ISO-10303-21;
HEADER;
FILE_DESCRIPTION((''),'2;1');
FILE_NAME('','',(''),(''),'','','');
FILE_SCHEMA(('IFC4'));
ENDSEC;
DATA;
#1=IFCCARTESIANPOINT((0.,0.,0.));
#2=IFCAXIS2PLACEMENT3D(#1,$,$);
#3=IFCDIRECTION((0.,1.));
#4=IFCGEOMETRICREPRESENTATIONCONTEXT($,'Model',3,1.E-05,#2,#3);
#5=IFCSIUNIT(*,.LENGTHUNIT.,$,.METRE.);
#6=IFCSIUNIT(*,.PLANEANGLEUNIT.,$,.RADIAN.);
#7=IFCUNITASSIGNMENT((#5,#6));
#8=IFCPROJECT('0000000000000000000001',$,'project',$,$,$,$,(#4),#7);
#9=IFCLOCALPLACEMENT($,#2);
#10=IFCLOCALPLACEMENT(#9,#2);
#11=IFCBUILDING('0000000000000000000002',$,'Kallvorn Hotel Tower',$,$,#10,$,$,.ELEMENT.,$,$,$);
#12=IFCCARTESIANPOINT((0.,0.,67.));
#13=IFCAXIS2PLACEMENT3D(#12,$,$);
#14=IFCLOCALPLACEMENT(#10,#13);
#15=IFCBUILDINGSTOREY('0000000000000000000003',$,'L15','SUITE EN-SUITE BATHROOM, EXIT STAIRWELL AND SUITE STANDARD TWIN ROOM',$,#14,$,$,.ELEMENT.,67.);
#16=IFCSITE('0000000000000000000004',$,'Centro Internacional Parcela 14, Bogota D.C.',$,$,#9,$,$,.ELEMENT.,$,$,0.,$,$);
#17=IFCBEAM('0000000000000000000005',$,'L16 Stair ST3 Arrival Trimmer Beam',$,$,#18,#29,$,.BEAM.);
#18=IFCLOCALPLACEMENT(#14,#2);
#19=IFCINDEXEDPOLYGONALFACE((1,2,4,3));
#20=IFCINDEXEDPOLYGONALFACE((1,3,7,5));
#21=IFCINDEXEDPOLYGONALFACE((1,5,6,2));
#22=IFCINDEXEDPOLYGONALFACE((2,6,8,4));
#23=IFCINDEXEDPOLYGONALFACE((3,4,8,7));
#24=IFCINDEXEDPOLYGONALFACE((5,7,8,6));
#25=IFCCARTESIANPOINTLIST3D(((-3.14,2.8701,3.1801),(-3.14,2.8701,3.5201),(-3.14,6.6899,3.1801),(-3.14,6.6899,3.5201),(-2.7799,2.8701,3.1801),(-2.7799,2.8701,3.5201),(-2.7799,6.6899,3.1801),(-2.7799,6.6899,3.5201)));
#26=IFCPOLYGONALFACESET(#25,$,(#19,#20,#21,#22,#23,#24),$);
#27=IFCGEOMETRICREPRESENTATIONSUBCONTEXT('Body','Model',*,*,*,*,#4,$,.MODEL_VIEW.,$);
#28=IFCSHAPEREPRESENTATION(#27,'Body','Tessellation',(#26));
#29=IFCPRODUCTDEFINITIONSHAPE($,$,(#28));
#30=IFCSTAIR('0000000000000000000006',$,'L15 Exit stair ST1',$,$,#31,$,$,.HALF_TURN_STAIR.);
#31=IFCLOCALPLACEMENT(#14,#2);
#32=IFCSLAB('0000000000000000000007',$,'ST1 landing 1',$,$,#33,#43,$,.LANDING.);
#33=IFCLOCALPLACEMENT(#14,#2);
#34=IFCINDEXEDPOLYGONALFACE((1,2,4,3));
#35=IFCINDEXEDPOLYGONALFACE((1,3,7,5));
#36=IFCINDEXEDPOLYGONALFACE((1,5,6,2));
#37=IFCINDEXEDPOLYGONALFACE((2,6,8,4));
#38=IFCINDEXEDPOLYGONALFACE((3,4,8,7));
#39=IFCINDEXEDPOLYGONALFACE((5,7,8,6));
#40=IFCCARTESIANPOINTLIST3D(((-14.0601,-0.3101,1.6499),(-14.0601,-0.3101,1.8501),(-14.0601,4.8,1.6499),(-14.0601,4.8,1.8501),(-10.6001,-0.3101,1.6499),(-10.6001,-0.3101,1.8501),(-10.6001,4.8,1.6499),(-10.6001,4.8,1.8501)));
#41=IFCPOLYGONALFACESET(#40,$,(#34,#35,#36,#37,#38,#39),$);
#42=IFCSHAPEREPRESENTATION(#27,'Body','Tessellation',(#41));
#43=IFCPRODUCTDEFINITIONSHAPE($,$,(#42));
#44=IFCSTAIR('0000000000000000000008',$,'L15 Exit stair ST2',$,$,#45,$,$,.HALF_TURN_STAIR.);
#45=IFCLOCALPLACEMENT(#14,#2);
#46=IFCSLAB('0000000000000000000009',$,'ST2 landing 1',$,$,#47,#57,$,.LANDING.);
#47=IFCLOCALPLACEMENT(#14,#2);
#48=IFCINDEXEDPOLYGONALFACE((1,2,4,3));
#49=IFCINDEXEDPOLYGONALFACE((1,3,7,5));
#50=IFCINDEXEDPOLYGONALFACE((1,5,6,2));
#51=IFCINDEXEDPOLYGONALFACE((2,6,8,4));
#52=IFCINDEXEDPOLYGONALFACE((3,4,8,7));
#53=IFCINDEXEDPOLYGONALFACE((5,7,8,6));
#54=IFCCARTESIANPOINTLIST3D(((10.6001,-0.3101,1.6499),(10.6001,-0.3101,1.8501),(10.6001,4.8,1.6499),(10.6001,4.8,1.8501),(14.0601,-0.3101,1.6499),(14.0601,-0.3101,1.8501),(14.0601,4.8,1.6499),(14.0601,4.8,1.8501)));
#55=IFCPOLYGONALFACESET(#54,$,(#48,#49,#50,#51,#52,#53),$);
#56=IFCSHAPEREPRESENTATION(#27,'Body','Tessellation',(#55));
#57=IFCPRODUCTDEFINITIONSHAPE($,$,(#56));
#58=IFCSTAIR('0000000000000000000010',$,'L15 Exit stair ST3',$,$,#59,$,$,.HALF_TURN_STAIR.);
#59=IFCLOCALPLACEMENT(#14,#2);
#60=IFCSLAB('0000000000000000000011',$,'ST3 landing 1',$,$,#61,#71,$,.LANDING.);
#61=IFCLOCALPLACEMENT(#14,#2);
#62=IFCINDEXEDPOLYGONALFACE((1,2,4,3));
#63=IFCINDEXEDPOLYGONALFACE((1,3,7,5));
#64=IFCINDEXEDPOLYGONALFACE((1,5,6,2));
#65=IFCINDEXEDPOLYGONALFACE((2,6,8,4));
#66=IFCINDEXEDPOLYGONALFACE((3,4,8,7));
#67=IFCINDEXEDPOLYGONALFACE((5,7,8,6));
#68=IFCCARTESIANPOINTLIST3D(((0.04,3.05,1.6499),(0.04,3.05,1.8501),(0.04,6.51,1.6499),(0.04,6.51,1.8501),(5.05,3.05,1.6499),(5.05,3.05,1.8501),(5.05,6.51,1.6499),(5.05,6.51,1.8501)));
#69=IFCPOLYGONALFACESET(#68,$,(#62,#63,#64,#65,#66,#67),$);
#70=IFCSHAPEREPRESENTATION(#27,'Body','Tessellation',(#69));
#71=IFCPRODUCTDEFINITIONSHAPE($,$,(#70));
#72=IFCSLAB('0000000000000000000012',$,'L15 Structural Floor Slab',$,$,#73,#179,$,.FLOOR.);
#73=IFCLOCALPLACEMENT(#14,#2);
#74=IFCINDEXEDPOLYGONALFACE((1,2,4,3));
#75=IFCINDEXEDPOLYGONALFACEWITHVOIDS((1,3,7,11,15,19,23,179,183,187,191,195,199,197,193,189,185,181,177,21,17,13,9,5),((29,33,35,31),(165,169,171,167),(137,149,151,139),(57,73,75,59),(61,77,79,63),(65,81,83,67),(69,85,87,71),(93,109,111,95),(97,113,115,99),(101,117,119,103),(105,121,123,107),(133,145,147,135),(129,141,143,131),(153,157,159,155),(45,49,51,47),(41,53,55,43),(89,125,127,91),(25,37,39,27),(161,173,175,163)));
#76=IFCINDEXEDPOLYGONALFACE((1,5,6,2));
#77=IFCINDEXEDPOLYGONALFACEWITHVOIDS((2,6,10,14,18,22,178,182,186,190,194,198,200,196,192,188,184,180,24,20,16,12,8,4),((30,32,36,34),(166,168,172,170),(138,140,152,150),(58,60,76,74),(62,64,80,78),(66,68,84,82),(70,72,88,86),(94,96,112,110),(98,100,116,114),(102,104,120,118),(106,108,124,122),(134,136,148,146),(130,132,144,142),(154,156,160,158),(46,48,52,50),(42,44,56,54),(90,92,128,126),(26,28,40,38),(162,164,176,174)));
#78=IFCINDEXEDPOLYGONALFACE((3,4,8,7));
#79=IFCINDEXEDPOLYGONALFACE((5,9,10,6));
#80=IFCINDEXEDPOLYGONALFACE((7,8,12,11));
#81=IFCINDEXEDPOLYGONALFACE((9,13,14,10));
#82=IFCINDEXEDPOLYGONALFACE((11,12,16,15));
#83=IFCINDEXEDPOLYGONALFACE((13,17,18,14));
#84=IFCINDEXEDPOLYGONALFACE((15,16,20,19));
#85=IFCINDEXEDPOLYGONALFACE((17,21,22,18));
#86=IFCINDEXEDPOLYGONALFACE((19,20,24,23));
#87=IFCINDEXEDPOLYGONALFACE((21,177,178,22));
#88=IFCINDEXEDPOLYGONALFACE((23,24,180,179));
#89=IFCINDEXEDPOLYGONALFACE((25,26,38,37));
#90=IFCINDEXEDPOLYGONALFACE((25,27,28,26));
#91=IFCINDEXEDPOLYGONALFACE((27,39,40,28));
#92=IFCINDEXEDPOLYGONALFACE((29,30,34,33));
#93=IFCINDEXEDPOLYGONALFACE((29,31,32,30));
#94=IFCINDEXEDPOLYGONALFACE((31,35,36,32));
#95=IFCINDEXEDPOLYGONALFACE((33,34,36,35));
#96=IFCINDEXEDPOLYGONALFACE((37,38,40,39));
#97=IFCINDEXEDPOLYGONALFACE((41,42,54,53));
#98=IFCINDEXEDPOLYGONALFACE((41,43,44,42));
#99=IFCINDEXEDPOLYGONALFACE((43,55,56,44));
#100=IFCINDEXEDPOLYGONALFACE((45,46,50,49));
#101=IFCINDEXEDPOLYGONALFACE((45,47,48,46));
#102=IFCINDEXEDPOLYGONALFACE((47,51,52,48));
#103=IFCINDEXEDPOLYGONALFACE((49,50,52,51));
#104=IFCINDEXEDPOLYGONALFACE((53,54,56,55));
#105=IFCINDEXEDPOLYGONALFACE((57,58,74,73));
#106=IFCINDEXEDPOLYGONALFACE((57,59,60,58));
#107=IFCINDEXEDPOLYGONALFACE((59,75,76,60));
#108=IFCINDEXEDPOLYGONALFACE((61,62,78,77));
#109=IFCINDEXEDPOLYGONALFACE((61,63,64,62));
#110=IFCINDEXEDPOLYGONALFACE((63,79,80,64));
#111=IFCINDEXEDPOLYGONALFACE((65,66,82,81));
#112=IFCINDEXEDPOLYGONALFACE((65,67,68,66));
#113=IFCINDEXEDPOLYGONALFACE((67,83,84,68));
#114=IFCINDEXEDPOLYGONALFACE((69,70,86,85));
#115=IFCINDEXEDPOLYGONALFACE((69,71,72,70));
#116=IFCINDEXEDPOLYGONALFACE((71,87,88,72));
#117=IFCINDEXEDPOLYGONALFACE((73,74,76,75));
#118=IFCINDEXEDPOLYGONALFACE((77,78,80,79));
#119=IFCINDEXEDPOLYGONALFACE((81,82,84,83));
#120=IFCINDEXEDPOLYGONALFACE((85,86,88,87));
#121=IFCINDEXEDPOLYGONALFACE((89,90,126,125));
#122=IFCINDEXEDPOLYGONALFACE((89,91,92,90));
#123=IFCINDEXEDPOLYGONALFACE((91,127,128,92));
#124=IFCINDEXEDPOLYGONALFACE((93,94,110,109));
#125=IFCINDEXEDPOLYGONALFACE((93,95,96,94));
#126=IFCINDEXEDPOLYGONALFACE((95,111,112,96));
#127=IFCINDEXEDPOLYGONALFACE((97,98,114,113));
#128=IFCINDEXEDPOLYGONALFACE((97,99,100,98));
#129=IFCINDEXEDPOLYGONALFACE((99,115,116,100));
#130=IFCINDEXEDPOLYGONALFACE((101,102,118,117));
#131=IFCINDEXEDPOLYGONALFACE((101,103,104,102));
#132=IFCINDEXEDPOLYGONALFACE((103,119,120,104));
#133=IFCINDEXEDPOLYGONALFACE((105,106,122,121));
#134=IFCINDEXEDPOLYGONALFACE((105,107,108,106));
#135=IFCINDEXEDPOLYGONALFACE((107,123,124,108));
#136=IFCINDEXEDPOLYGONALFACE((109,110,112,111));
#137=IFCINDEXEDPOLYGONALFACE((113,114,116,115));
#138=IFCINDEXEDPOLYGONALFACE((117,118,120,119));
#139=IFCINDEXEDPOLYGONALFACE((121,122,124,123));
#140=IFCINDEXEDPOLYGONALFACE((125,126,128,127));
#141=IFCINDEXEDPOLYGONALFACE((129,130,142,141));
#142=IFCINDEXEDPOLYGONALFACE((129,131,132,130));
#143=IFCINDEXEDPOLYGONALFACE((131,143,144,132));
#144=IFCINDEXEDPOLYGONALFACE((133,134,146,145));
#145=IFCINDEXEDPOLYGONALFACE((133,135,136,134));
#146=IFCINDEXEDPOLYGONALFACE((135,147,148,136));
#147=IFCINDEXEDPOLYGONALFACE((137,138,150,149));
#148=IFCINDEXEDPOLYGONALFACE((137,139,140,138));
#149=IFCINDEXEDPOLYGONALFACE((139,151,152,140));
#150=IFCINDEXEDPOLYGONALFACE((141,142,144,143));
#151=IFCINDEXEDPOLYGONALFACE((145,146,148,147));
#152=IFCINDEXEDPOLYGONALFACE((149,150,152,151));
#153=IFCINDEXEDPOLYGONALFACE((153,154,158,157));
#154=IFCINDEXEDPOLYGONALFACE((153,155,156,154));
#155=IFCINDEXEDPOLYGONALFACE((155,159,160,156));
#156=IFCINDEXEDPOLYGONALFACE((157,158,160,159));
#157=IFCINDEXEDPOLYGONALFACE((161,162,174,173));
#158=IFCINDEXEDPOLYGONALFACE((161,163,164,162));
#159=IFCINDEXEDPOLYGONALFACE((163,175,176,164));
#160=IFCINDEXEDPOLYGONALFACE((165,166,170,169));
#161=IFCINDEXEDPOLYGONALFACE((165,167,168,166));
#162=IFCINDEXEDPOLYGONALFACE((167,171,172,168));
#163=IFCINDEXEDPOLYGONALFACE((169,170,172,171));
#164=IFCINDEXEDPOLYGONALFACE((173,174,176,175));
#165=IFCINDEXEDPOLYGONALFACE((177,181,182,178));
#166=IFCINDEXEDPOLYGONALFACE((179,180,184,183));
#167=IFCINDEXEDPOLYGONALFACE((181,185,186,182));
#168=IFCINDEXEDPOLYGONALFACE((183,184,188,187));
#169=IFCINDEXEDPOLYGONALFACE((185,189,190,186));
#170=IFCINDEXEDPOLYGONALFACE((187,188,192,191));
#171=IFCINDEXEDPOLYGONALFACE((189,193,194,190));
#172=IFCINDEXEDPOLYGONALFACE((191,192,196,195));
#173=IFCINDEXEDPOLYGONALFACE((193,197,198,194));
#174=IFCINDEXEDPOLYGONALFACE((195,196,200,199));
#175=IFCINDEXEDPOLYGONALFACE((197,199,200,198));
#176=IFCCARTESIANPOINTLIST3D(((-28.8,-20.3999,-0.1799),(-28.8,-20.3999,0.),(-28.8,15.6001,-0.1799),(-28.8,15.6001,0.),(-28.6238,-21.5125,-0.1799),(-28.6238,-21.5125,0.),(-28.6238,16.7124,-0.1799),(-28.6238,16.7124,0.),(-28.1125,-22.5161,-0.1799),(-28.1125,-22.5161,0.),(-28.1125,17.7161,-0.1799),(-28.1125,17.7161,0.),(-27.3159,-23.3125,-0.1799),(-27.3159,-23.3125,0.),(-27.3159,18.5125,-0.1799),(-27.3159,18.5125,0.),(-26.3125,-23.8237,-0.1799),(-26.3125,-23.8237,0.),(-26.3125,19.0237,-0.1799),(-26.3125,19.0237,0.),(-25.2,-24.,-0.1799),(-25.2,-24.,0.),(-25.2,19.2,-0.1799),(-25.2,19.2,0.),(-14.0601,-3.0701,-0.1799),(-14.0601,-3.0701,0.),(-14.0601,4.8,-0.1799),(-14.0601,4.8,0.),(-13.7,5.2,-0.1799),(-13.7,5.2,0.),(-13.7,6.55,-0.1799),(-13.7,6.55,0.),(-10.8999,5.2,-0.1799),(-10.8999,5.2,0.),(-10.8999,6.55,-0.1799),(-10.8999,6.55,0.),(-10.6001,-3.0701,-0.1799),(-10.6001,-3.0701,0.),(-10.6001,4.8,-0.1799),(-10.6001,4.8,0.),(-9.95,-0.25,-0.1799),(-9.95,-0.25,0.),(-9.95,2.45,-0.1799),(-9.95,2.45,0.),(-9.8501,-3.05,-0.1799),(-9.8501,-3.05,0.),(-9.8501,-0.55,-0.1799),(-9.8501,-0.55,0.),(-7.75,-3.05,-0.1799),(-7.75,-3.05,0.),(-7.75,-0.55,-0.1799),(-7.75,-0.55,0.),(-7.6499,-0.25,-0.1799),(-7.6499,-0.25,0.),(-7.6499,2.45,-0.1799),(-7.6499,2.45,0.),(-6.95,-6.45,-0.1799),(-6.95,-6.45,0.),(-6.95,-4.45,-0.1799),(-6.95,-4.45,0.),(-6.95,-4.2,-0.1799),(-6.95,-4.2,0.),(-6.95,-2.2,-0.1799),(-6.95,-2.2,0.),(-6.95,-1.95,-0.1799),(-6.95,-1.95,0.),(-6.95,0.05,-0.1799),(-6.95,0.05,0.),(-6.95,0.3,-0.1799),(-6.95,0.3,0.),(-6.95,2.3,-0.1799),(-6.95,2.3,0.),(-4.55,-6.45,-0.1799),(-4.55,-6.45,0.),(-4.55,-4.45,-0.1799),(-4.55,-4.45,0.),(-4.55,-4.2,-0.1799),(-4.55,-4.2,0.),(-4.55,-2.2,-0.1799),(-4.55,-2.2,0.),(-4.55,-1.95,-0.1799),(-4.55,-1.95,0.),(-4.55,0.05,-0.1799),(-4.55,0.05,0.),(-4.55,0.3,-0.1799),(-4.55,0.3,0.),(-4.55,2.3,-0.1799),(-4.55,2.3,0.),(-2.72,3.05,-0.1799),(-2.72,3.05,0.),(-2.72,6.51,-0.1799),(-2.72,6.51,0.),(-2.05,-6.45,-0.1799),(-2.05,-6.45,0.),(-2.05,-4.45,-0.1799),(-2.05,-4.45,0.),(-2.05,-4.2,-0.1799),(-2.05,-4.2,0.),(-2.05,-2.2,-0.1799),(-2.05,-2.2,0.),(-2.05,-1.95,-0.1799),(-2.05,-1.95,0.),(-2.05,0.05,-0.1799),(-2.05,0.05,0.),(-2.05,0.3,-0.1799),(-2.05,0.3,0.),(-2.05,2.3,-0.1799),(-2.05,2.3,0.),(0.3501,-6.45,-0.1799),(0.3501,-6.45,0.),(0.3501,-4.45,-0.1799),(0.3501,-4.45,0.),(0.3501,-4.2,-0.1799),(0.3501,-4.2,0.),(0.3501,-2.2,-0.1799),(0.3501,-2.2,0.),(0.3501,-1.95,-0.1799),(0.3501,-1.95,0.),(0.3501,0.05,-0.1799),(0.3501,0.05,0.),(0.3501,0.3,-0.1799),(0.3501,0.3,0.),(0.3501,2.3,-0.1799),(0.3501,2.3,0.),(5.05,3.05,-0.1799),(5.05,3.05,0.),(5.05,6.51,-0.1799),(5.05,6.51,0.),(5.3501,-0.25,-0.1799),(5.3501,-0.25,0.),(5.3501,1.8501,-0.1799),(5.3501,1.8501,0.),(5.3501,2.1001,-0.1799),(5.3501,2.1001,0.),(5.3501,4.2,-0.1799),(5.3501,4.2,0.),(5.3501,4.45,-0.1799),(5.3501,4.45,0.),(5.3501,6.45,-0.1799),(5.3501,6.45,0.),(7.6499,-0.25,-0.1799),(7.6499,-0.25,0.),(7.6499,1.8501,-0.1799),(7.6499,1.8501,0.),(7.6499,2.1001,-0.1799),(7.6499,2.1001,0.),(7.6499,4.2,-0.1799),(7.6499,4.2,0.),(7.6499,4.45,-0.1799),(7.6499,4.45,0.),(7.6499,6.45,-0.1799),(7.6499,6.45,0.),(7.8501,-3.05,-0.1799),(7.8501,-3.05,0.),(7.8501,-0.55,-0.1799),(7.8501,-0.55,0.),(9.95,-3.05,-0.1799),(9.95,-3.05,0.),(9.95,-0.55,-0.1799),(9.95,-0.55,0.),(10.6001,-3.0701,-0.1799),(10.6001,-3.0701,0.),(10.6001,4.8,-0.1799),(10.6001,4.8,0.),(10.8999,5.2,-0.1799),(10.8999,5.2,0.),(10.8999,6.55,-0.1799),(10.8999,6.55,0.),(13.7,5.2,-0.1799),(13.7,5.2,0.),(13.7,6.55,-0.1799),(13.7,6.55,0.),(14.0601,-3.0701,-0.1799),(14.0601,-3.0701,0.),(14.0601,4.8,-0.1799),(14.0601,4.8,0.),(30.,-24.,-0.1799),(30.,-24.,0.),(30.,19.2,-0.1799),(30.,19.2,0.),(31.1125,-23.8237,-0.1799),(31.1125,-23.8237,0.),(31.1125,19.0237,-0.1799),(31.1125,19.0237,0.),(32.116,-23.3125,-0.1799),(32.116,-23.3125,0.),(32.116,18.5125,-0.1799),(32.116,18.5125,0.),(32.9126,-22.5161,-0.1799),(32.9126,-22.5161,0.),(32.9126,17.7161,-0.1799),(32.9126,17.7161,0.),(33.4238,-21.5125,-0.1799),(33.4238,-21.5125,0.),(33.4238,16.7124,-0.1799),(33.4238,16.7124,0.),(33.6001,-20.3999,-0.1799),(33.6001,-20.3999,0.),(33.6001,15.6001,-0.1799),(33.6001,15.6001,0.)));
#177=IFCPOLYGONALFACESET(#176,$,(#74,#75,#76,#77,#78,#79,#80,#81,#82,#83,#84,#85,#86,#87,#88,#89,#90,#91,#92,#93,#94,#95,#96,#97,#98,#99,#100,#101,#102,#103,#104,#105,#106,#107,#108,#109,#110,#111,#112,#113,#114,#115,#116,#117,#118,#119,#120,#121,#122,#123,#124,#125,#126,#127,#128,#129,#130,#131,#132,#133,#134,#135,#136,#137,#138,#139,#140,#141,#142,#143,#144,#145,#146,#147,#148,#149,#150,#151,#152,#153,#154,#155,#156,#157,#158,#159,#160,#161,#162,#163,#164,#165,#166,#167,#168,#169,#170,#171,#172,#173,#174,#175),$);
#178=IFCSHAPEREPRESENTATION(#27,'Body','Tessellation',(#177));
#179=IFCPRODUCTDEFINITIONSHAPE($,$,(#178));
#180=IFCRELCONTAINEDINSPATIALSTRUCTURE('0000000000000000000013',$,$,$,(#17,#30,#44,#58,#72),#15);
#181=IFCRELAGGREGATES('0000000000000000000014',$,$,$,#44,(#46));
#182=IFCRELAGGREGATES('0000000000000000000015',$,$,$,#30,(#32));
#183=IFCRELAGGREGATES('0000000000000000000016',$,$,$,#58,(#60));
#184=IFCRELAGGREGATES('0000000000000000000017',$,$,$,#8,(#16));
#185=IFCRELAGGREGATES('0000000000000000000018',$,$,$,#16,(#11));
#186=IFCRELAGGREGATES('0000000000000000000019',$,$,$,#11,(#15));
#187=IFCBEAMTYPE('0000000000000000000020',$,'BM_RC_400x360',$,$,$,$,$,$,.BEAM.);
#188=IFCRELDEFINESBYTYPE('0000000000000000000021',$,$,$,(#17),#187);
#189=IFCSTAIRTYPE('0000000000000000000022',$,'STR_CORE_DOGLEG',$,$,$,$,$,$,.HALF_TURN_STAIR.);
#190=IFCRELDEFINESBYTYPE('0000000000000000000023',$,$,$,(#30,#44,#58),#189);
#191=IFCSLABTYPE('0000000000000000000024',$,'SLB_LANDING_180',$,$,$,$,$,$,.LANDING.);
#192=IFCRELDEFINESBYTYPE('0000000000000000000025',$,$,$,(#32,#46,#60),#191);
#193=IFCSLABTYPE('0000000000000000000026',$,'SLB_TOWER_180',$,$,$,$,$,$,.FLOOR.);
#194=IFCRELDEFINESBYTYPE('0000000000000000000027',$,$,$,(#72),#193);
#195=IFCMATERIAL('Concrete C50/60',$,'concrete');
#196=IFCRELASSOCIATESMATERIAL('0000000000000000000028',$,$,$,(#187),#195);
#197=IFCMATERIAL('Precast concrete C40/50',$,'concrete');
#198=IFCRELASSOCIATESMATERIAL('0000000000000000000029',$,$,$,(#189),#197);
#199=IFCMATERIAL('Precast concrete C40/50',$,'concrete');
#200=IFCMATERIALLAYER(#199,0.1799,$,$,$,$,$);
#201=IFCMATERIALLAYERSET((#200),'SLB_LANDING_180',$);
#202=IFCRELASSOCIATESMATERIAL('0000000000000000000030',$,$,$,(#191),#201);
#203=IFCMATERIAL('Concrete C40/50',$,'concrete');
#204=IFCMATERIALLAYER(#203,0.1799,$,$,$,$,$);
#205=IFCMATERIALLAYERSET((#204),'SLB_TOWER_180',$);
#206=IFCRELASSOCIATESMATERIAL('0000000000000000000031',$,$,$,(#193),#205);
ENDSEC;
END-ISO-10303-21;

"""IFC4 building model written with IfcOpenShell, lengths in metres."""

from ifc_helpers import new_model, si_unit, direction, frame, origin, origin_2d, place, context, subcontext, project, spatial, polyline, rectangle, outline, extrude, material, layer, layer_set, material_profile, profile_set, type_object, element, aggregate, save


model = new_model("IFC4")

# Units and contexts
model_context = context("Model", 3, precision=1e-05, world=origin(), true_north=direction((0.0, 1.0)))
body_context = subcontext(model_context, "Body", "Model", "MODEL_VIEW")
ifc_project = project(units=[si_unit("LENGTHUNIT", "METRE"), si_unit("PLANEANGLEUNIT", "RADIAN")], contexts=[model_context])

# Site, building, storey
site_placement = place(None, origin())
site = spatial("IfcSite", under=ifc_project, at=site_placement, Name="Centro Internacional Parcela 14, Bogota D.C.", CompositionType="ELEMENT", RefElevation=0.0)
building_placement = place(site_placement, origin())
building = spatial("IfcBuilding", under=site, at=building_placement, Name="Kallvorn Hotel Tower", CompositionType="ELEMENT")
storey_placement = place(building_placement, frame((0.0, 0.0, 67.0)))
storey = spatial("IfcBuildingStorey", under=building, at=storey_placement, Name="L15", Description="SUITE EN-SUITE BATHROOM, EXIT STAIRWELL AND SUITE STANDARD TWIN ROOM", CompositionType="ELEMENT", Elevation=67.0)

# Beam
ifc_material_1 = material(Name="Concrete C50/60", Category="concrete")
ifc_material_profile = material_profile(ifc_material_1, rectangle(XDim=0.3601, YDim=0.3401, at=origin_2d()), Name="RC 360x340")
ifc_profile_set = profile_set([ifc_material_profile], Name="Concrete C50/60")
beam_type = type_object("IfcBeamType", Name="BM_RC_400x360", PredefinedType="BEAM", material=ifc_profile_set)
beam_placement = place(storey_placement, frame((-2.96, 2.8701, 3.3501), z_axis=(0.0, 1.0, 0.0), x_axis=(-1.0, 0.0, 0.0)))
element("IfcBeam", 1, at=beam_placement, inside=storey, type_object=beam_type, Name="L16 Stair ST3 Arrival Trimmer Beam", PredefinedType="BEAM", context=body_context, shape_type="SweptSolid", body=[
    extrude(rectangle(XDim=0.3601, YDim=0.3401, at=origin_2d()), origin(), (0.0, 0.0, 1.0), 3.8198),
])

# Stairs, slabs
ifc_material_2 = material(Name="Precast concrete C40/50", Category="concrete")
stair_type = type_object("IfcStairType", Name="STR_CORE_DOGLEG", PredefinedType="HALF_TURN_STAIR", material=ifc_material_2)
stair_1_placement = place(storey_placement, origin())
stair_1 = element("IfcStair", 2, at=stair_1_placement, inside=storey, type_object=stair_type, Name="L15 Exit stair ST1", PredefinedType="HALF_TURN_STAIR")
ifc_material_3 = material(Name="Precast concrete C40/50", Category="concrete")
ifc_layer_1 = layer(ifc_material_3, 0.1799)
ifc_layer_set_1 = layer_set([ifc_layer_1], Name="SLB_LANDING_180")
slab_type_1 = type_object("IfcSlabType", Name="SLB_LANDING_180", PredefinedType="LANDING", material=ifc_layer_set_1)
slab_1_placement = place(storey_placement, frame((0.0, 0.0, 1.6499)))
slab_1 = element("IfcSlab", 3, at=slab_1_placement, type_object=slab_type_1, Name="ST1 landing 1", PredefinedType="LANDING", context=body_context, shape_type="SweptSolid", body=[
    extrude(outline(polyline([(-10.6001, -0.3101), (-10.6001, 4.8), (-14.0601, 4.8), (-14.0601, -0.3101), (-10.6001, -0.3101)])), origin(), (0.0, 0.0, 1.0), 0.2002),
])
stair_2_placement = place(storey_placement, origin())
stair_2 = element("IfcStair", 4, at=stair_2_placement, inside=storey, type_object=stair_type, Name="L15 Exit stair ST2", PredefinedType="HALF_TURN_STAIR")
slab_2_placement = place(storey_placement, frame((0.0, 0.0, 1.6499)))
slab_2 = element("IfcSlab", 5, at=slab_2_placement, type_object=slab_type_1, Name="ST2 landing 1", PredefinedType="LANDING", context=body_context, shape_type="SweptSolid", body=[
    extrude(outline(polyline([(14.0601, -0.3101), (14.0601, 4.8), (10.6001, 4.8), (10.6001, -0.3101), (14.0601, -0.3101)])), origin(), (0.0, 0.0, 1.0), 0.2002),
])
aggregate(stair_2, [slab_2])
stair_3_placement = place(storey_placement, origin())
stair_3 = element("IfcStair", 6, at=stair_3_placement, inside=storey, type_object=stair_type, Name="L15 Exit stair ST3", PredefinedType="HALF_TURN_STAIR")
slab_3_placement = place(storey_placement, frame((0.0, 0.0, 1.6499)))
slab_3 = element("IfcSlab", 7, at=slab_3_placement, type_object=slab_type_1, Name="ST3 landing 1", PredefinedType="LANDING", context=body_context, shape_type="SweptSolid", body=[
    extrude(outline(polyline([(0.04, 3.05), (5.05, 3.05), (5.05, 6.51), (0.04, 6.51), (0.04, 3.05)])), origin(), (0.0, 0.0, 1.0), 0.2002),
])

# Slab
ifc_material_4 = material(Name="Concrete C40/50", Category="concrete")
ifc_layer_2 = layer(ifc_material_4, 0.1799)
ifc_layer_set_2 = layer_set([ifc_layer_2], Name="SLB_TOWER_180")
slab_type_2 = type_object("IfcSlabType", Name="SLB_TOWER_180", PredefinedType="FLOOR", material=ifc_layer_set_2)
slab_4_placement = place(storey_placement, frame((0.0, 0.0, -0.1799)))
element("IfcSlab", 8, at=slab_4_placement, inside=storey, type_object=slab_type_2, Name="L15 Structural Floor Slab", PredefinedType="FLOOR", context=body_context, shape_type="SweptSolid", body=[
    extrude(outline(polyline([(30.0, -24.0), (31.1125, -23.8237), (32.116, -23.3125), (32.9126, -22.5161), (33.4238, -21.5125), (33.6001, -20.3999), (33.6001, 15.6001), (33.4238, 16.7124), (32.9126, 17.7161), (32.116, 18.5125), (31.1125, 19.0237), (30.0, 19.2), (-25.2, 19.2), (-26.3125, 19.0237), (-27.3159, 18.5125), (-28.1125, 17.7161), (-28.6238, 16.7124), (-28.8, 15.6001), (-28.8, -20.3999), (-28.6238, -21.5125), (-28.1125, -22.5161), (-27.3159, -23.3125), (-26.3125, -23.8237), (-25.2, -24.0), (30.0, -24.0)]), holes=[polyline([(-10.6001, -3.0701), (-10.6001, 4.8), (-14.0601, 4.8), (-14.0601, -3.0701), (-10.6001, -3.0701)]), polyline([(14.0601, -3.0701), (14.0601, 4.8), (10.6001, 4.8), (10.6001, -3.0701), (14.0601, -3.0701)]), polyline([(-2.72, 3.05), (5.05, 3.05), (5.05, 6.51), (-2.72, 6.51), (-2.72, 3.05)]), polyline([(-6.95, -6.45), (-4.55, -6.45), (-4.55, -4.45), (-6.95, -4.45), (-6.95, -6.45)]), polyline([(-6.95, -4.2), (-4.55, -4.2), (-4.55, -2.2), (-6.95, -2.2), (-6.95, -4.2)]), polyline([(-6.95, -1.95), (-4.55, -1.95), (-4.55, 0.05), (-6.95, 0.05), (-6.95, -1.95)]), polyline([(-6.95, 0.3), (-4.55, 0.3), (-4.55, 2.3), (-6.95, 2.3), (-6.95, 0.3)]), polyline([(-2.05, -6.45), (0.3501, -6.45), (0.3501, -4.45), (-2.05, -4.45), (-2.05, -6.45)]), polyline([(-2.05, -4.2), (0.3501, -4.2), (0.3501, -2.2), (-2.05, -2.2), (-2.05, -4.2)]), polyline([(-2.05, -1.95), (0.3501, -1.95), (0.3501, 0.05), (-2.05, 0.05), (-2.05, -1.95)]), polyline([(-2.05, 0.3), (0.3501, 0.3), (0.3501, 2.3), (-2.05, 2.3), (-2.05, 0.3)]), polyline([(5.3501, -0.25), (7.6499, -0.25), (7.6499, 1.8501), (5.3501, 1.8501), (5.3501, -0.25)]), polyline([(5.3501, 2.1001), (7.6499, 2.1001), (7.6499, 4.2), (5.3501, 4.2), (5.3501, 2.1001)]), polyline([(5.3501, 4.45), (7.6499, 4.45), (7.6499, 6.45), (5.3501, 6.45), (5.3501, 4.45)]), polyline([(-9.8501, -3.05), (-7.75, -3.05), (-7.75, -0.55), (-9.8501, -0.55), (-9.8501, -3.05)]), polyline([(7.8501, -3.05), (9.95, -3.05), (9.95, -0.55), (7.8501, -0.55), (7.8501, -3.05)]), polyline([(-9.95, -0.25), (-7.6499, -0.25), (-7.6499, 2.45), (-9.95, 2.45), (-9.95, -0.25)]), polyline([(-13.7, 5.2), (-10.8999, 5.2), (-10.8999, 6.55), (-13.7, 6.55), (-13.7, 5.2)]), polyline([(10.8999, 5.2), (13.7, 5.2), (13.7, 6.55), (10.8999, 6.55), (10.8999, 5.2)])]), origin(), (0.0, 0.0, 1.0), 0.1799),
])

aggregate(stair_1, [slab_1])
aggregate(stair_3, [slab_3])

save(model, "model.ifc")
